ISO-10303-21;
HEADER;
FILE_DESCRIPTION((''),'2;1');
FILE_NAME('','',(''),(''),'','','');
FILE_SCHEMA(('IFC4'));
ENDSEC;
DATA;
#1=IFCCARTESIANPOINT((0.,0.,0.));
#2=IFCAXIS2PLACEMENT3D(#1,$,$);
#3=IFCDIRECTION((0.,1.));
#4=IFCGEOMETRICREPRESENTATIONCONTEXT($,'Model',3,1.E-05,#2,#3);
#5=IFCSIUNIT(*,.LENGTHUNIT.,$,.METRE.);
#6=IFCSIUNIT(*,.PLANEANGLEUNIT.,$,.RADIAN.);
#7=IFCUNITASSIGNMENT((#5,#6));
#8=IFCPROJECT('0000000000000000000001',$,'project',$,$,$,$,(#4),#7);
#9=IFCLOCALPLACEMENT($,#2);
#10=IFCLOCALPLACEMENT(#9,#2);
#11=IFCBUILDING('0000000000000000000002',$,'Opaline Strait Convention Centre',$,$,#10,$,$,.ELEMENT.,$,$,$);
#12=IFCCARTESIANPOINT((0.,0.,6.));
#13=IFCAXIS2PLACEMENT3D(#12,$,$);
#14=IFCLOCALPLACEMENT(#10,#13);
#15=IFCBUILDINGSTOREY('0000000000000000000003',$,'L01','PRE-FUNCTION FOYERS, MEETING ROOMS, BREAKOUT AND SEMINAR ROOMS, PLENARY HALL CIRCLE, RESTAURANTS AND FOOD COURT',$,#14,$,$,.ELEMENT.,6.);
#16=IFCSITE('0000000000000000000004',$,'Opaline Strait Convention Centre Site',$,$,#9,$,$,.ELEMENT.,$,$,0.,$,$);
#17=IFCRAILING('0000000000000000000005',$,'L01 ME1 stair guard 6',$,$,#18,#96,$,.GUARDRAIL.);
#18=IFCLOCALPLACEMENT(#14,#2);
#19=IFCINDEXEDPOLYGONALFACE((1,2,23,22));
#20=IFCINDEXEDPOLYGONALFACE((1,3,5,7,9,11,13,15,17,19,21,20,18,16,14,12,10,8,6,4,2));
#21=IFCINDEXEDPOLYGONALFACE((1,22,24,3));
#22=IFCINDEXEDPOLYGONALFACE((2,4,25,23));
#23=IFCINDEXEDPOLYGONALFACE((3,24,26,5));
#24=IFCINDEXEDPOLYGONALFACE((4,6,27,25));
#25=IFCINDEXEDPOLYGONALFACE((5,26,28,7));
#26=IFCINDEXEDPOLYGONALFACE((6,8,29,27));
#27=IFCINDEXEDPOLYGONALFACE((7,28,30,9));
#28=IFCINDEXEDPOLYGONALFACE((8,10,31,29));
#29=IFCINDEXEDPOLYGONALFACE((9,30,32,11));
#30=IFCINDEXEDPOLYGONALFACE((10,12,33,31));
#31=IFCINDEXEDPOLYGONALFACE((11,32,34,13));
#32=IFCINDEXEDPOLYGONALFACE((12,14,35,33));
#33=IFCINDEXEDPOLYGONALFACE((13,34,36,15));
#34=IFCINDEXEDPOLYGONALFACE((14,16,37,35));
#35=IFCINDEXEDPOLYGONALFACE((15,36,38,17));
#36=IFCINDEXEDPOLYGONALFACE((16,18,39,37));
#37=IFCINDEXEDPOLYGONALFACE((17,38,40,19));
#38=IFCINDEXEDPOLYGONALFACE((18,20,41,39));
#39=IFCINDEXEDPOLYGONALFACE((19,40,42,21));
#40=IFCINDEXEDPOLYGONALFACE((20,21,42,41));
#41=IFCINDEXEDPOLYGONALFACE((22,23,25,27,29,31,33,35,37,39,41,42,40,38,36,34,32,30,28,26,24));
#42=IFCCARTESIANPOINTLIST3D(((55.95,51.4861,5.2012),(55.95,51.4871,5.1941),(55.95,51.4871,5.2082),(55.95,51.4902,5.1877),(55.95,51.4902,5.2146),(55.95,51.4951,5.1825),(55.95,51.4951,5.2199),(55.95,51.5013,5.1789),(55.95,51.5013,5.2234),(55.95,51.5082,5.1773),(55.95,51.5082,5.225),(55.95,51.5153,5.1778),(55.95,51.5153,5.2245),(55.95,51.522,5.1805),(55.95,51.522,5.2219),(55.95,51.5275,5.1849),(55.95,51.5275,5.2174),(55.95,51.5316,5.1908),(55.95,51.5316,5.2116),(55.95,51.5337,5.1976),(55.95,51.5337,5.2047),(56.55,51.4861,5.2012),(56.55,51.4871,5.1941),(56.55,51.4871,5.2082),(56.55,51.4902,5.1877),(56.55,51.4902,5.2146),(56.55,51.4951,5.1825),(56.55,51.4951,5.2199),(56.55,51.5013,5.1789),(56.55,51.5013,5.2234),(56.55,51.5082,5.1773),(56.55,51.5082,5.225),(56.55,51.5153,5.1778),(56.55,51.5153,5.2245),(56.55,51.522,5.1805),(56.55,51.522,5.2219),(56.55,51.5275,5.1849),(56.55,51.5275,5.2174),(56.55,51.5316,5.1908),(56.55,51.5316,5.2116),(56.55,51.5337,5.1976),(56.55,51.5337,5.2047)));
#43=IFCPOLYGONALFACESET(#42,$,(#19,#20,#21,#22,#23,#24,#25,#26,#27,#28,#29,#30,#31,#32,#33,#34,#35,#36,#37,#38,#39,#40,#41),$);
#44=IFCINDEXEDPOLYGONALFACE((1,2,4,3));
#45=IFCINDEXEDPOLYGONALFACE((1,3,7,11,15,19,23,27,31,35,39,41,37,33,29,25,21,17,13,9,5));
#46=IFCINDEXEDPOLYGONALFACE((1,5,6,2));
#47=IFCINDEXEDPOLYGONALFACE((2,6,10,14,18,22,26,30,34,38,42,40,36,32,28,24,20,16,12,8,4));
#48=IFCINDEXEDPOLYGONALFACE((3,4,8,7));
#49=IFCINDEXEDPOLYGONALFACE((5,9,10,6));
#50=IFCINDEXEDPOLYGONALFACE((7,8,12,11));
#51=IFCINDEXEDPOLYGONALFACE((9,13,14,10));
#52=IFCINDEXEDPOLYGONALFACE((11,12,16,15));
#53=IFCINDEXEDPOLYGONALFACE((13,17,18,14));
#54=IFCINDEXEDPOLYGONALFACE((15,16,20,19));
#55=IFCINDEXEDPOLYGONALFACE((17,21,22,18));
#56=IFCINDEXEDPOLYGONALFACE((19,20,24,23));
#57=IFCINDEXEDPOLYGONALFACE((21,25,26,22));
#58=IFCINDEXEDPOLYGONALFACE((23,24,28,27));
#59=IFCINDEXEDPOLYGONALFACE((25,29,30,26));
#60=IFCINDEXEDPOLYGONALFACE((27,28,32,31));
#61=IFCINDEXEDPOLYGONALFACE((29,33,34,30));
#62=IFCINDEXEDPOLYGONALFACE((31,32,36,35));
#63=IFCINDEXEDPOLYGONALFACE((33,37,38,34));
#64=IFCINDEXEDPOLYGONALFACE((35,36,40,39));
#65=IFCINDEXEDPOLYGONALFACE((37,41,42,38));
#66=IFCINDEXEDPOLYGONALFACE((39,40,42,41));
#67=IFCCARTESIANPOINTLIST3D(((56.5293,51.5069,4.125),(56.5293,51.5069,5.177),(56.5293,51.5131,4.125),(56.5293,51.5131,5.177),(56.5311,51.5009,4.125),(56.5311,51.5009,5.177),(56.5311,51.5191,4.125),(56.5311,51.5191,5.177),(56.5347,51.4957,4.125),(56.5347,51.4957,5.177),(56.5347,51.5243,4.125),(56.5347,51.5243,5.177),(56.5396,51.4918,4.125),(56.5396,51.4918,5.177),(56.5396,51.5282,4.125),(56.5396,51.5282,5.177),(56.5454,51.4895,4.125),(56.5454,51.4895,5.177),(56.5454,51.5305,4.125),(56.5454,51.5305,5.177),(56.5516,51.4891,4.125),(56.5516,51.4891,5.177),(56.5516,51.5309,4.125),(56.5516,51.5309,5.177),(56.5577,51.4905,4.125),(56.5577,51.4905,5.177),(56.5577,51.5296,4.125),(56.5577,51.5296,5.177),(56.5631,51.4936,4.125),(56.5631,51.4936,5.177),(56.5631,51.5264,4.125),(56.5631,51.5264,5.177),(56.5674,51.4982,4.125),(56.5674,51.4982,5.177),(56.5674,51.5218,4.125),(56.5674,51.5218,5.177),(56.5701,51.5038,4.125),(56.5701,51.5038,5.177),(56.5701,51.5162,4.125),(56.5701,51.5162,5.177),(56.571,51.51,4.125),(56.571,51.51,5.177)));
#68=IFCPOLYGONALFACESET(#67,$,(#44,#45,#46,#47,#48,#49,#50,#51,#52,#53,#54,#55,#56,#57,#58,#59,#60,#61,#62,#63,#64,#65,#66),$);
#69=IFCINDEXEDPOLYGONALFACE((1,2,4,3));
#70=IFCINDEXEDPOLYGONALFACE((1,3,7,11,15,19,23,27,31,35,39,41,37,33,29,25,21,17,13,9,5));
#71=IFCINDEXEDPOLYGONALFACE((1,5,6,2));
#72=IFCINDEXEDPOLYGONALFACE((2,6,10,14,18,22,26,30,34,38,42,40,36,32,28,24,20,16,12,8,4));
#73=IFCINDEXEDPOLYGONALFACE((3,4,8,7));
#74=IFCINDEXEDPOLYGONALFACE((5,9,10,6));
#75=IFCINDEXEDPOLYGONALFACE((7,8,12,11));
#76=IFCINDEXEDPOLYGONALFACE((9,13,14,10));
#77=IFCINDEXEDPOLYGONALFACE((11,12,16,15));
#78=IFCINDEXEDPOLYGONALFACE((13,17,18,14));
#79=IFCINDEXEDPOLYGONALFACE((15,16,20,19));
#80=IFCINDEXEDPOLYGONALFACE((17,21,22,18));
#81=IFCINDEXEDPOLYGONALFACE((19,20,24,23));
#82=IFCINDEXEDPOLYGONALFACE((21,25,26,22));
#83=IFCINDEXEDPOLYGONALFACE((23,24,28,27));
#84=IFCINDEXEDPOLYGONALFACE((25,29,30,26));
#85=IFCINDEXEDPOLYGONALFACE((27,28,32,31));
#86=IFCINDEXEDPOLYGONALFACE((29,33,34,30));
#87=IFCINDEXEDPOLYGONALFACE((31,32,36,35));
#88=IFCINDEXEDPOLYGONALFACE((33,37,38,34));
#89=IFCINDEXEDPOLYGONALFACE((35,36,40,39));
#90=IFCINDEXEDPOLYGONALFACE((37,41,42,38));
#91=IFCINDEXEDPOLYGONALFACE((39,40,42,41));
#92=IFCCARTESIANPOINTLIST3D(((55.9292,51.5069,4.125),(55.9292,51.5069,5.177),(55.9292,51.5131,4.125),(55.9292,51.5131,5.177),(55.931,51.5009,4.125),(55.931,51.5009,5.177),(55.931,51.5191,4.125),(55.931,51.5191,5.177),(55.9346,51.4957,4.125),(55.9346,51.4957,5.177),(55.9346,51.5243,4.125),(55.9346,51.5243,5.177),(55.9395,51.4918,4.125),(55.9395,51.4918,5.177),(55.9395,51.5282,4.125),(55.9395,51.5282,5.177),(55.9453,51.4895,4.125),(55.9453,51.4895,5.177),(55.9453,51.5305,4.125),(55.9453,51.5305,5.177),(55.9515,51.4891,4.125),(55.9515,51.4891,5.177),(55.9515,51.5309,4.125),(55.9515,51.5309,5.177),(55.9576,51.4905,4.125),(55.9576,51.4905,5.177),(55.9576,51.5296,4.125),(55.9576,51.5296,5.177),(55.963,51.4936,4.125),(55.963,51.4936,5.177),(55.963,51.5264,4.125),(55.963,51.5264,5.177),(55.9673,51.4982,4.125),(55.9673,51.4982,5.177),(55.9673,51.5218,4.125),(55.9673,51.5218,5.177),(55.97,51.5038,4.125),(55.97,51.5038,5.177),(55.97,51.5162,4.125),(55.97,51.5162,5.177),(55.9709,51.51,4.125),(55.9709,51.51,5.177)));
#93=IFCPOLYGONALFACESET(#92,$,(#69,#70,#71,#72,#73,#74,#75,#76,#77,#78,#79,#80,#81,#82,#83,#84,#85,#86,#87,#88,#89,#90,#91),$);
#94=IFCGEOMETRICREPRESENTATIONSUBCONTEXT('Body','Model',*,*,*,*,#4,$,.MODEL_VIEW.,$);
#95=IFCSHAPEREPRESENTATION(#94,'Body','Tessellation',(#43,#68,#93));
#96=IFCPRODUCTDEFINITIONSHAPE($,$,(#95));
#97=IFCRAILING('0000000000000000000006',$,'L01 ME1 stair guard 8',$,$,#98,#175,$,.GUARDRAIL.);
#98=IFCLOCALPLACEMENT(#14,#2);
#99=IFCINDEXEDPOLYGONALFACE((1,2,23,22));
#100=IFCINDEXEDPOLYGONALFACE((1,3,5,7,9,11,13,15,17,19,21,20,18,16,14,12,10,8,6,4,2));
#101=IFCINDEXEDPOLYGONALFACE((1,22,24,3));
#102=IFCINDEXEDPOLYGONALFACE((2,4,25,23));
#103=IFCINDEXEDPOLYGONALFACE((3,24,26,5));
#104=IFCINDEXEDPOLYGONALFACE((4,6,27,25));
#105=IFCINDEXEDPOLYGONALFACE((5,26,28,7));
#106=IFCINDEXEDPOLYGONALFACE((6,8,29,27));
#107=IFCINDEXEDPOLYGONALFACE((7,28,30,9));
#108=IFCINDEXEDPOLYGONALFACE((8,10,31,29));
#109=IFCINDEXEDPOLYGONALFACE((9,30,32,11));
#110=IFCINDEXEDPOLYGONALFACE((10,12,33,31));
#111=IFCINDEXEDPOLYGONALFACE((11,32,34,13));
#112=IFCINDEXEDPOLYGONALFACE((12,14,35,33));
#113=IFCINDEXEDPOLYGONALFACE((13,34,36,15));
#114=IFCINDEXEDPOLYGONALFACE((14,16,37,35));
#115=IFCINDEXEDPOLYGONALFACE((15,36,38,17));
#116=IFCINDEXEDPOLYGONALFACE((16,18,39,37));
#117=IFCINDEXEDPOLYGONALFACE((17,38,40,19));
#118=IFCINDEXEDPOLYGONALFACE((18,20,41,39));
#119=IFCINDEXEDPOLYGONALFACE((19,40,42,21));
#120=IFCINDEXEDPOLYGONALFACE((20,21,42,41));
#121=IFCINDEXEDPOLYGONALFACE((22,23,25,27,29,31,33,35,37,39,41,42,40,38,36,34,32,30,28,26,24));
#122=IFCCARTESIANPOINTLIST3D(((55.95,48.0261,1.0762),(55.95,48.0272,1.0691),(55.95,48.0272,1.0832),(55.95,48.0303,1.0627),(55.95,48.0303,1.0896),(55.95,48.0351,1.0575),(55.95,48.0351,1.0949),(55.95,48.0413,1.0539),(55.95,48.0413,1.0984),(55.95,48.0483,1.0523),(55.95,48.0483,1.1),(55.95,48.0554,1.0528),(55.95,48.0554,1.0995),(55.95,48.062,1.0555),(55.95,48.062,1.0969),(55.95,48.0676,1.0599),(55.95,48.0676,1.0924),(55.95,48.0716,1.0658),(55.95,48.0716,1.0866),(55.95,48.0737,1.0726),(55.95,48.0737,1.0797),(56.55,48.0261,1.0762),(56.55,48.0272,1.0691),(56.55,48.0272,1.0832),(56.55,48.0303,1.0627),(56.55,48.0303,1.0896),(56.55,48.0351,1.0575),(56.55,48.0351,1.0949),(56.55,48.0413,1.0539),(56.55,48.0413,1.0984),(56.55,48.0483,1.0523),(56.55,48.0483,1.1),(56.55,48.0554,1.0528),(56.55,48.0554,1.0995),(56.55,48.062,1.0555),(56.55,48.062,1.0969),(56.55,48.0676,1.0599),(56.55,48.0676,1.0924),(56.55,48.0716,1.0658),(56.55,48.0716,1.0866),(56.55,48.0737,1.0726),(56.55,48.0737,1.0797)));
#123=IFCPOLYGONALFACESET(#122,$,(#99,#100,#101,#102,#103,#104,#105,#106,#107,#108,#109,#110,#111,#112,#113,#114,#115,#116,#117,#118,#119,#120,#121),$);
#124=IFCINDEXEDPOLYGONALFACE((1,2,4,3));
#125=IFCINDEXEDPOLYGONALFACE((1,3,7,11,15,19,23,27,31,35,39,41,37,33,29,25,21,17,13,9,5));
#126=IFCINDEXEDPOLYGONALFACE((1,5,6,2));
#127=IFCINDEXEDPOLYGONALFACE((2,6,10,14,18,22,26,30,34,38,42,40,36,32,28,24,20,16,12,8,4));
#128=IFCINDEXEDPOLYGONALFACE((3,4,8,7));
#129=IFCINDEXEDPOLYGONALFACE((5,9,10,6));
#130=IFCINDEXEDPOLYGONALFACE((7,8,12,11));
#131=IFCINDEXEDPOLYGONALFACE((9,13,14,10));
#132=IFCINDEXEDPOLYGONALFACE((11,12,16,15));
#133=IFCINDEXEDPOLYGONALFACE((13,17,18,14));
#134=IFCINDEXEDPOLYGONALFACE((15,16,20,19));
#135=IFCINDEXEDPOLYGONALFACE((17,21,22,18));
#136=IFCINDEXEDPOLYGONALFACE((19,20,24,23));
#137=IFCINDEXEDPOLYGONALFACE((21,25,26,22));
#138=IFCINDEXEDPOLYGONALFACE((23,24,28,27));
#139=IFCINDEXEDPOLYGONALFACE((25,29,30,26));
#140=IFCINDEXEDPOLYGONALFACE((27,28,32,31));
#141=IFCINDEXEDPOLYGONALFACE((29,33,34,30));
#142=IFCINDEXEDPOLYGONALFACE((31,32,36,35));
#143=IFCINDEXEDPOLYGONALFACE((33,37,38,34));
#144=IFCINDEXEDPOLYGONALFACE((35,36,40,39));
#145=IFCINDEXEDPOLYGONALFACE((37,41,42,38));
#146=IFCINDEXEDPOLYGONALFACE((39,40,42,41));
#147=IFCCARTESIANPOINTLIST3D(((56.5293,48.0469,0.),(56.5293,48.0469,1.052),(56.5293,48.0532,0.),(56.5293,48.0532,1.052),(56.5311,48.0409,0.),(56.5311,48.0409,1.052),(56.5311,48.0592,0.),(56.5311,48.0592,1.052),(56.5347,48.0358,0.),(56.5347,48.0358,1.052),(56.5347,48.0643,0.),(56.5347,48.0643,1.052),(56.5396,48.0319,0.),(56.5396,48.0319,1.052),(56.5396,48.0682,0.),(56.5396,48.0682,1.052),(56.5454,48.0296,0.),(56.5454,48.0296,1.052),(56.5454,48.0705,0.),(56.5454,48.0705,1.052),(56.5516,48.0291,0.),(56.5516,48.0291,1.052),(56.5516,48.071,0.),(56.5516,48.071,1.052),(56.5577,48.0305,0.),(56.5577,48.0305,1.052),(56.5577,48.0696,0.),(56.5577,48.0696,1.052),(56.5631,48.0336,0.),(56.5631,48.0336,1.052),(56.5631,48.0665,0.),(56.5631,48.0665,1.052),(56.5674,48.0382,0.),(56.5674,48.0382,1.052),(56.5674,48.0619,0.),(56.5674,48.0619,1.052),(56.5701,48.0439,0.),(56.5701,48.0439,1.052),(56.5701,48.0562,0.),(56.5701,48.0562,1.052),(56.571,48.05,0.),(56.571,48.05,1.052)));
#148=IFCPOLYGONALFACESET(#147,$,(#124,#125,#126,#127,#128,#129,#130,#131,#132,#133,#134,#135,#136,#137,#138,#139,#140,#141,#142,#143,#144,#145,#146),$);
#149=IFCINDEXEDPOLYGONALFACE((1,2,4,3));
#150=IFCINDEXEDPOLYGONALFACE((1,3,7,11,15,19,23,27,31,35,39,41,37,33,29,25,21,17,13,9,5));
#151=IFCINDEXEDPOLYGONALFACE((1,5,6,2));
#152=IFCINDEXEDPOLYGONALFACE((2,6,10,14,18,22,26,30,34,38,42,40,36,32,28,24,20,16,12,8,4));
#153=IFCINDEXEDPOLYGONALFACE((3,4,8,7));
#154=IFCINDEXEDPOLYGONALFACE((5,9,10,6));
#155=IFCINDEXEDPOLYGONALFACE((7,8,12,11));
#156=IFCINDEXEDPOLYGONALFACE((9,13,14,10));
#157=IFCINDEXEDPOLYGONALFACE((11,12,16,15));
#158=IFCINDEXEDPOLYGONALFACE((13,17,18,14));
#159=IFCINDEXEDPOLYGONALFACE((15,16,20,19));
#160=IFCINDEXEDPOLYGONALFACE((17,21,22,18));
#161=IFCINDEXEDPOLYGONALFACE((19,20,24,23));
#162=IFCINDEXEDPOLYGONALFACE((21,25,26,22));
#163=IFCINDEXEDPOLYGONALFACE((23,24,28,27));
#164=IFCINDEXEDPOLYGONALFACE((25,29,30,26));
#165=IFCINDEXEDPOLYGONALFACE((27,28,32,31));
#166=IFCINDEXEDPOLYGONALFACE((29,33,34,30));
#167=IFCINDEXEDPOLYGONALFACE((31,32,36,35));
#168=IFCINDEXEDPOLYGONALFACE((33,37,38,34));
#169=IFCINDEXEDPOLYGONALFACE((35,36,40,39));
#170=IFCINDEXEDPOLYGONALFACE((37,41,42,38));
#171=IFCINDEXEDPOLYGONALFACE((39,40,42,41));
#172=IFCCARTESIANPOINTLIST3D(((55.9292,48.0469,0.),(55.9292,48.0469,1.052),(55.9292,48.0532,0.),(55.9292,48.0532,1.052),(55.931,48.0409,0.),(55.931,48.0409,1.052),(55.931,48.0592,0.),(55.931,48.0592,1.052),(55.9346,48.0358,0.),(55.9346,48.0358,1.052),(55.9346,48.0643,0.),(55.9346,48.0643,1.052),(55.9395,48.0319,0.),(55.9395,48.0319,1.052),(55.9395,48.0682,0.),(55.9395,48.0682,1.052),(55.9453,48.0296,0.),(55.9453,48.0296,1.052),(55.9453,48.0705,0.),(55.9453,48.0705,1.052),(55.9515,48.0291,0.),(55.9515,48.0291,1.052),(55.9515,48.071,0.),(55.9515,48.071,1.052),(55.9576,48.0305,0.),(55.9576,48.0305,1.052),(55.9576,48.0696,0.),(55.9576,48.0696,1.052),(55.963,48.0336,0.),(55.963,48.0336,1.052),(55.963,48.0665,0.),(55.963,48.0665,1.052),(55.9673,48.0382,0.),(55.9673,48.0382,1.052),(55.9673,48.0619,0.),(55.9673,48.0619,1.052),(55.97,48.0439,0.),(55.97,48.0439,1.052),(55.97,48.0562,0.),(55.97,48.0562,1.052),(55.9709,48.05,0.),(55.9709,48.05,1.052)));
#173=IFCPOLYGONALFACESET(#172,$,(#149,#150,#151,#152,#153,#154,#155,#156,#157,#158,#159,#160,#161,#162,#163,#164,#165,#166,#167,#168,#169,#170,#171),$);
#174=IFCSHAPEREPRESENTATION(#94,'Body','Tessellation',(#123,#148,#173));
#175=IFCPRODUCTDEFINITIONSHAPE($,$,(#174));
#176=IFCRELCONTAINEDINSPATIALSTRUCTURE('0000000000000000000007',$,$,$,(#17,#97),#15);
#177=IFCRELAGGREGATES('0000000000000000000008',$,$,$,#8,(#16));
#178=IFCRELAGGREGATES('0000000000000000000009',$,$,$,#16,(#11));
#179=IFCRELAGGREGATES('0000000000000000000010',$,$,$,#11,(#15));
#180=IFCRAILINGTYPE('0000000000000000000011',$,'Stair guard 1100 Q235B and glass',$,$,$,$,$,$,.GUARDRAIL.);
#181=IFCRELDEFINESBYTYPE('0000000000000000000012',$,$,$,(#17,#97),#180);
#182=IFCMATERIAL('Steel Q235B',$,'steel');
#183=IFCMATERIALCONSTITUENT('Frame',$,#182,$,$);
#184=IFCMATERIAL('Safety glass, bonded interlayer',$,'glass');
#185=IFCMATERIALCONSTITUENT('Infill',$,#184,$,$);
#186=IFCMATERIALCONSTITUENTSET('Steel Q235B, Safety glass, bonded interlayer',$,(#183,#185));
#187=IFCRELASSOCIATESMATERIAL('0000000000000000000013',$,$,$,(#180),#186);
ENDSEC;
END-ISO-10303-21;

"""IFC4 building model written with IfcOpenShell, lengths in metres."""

from ifc_helpers import new_model, si_unit, direction, frame, origin, origin_2d, place, context, subcontext, project, spatial, circle, extrude, material, constituent, constituent_set, type_object, element, save


model = new_model("IFC4")

# Units and contexts
model_context = context("Model", 3, precision=1e-05, world=origin(), true_north=direction((0.0, 1.0)))
body_context = subcontext(model_context, "Body", "Model", "MODEL_VIEW")
ifc_project = project(units=[si_unit("LENGTHUNIT", "METRE"), si_unit("PLANEANGLEUNIT", "RADIAN")], contexts=[model_context])

# Site, building, storey
site_placement = place(None, origin())
site = spatial("IfcSite", under=ifc_project, at=site_placement, Name="Opaline Strait Convention Centre Site", CompositionType="ELEMENT", RefElevation=0.0)
building_placement = place(site_placement, origin())
building = spatial("IfcBuilding", under=site, at=building_placement, Name="Opaline Strait Convention Centre", CompositionType="ELEMENT")
storey_placement = place(building_placement, frame((0.0, 0.0, 6.0)))
storey = spatial("IfcBuildingStorey", under=building, at=storey_placement, Name="L01", Description="PRE-FUNCTION FOYERS, MEETING ROOMS, BREAKOUT AND SEMINAR ROOMS, PLENARY HALL CIRCLE, RESTAURANTS AND FOOD COURT", CompositionType="ELEMENT", Elevation=6.0)

# Railings
ifc_material_1 = material(Name="Steel Q235B", Category="steel")
ifc_constituent_1 = constituent(ifc_material_1, Name="Frame")
ifc_material_2 = material(Name="Safety glass, bonded interlayer", Category="glass")
ifc_constituent_2 = constituent(ifc_material_2, Name="Infill")
ifc_constituent_set = constituent_set(constituents=[ifc_constituent_1, ifc_constituent_2], Name="Steel Q235B, Safety glass, bonded interlayer")
railing_type_1 = type_object("IfcRailingType", Name="Stair guard 1100 Q235B and glass", PredefinedType="GUARDRAIL", material=ifc_constituent_set)
for number, where, name in (
    (1, (56.55, 51.51, 4.125), "L01 ME1 stair guard 6"),
    (2, (56.55, 48.05, 0.0), "L01 ME1 stair guard 8"),
):
    element("IfcRailing", number, at=place(storey_placement, frame(where)), inside=storey, type_object=railing_type_1, Name=name, PredefinedType="GUARDRAIL", context=body_context, shape_type="SweptSolid", body=[
        extrude(circle(Radius=0.0239, at=origin_2d()), frame((0.0, 0.0, 1.0762), z_axis=(-1.0, 0.0, 0.0), x_axis=(0.0, -1.0, 0.0)), (0.0, 0.0, 1.0), 0.6001),
        extrude(circle(Radius=0.021, at=origin_2d()), origin(), (0.0, 0.0, 1.0), 1.052),
        extrude(circle(Radius=0.021, at=origin_2d()), frame((-0.6001, 0.0, 0.0)), (0.0, 0.0, 1.0), 1.052),
    ])

save(model, "model.ifc")
